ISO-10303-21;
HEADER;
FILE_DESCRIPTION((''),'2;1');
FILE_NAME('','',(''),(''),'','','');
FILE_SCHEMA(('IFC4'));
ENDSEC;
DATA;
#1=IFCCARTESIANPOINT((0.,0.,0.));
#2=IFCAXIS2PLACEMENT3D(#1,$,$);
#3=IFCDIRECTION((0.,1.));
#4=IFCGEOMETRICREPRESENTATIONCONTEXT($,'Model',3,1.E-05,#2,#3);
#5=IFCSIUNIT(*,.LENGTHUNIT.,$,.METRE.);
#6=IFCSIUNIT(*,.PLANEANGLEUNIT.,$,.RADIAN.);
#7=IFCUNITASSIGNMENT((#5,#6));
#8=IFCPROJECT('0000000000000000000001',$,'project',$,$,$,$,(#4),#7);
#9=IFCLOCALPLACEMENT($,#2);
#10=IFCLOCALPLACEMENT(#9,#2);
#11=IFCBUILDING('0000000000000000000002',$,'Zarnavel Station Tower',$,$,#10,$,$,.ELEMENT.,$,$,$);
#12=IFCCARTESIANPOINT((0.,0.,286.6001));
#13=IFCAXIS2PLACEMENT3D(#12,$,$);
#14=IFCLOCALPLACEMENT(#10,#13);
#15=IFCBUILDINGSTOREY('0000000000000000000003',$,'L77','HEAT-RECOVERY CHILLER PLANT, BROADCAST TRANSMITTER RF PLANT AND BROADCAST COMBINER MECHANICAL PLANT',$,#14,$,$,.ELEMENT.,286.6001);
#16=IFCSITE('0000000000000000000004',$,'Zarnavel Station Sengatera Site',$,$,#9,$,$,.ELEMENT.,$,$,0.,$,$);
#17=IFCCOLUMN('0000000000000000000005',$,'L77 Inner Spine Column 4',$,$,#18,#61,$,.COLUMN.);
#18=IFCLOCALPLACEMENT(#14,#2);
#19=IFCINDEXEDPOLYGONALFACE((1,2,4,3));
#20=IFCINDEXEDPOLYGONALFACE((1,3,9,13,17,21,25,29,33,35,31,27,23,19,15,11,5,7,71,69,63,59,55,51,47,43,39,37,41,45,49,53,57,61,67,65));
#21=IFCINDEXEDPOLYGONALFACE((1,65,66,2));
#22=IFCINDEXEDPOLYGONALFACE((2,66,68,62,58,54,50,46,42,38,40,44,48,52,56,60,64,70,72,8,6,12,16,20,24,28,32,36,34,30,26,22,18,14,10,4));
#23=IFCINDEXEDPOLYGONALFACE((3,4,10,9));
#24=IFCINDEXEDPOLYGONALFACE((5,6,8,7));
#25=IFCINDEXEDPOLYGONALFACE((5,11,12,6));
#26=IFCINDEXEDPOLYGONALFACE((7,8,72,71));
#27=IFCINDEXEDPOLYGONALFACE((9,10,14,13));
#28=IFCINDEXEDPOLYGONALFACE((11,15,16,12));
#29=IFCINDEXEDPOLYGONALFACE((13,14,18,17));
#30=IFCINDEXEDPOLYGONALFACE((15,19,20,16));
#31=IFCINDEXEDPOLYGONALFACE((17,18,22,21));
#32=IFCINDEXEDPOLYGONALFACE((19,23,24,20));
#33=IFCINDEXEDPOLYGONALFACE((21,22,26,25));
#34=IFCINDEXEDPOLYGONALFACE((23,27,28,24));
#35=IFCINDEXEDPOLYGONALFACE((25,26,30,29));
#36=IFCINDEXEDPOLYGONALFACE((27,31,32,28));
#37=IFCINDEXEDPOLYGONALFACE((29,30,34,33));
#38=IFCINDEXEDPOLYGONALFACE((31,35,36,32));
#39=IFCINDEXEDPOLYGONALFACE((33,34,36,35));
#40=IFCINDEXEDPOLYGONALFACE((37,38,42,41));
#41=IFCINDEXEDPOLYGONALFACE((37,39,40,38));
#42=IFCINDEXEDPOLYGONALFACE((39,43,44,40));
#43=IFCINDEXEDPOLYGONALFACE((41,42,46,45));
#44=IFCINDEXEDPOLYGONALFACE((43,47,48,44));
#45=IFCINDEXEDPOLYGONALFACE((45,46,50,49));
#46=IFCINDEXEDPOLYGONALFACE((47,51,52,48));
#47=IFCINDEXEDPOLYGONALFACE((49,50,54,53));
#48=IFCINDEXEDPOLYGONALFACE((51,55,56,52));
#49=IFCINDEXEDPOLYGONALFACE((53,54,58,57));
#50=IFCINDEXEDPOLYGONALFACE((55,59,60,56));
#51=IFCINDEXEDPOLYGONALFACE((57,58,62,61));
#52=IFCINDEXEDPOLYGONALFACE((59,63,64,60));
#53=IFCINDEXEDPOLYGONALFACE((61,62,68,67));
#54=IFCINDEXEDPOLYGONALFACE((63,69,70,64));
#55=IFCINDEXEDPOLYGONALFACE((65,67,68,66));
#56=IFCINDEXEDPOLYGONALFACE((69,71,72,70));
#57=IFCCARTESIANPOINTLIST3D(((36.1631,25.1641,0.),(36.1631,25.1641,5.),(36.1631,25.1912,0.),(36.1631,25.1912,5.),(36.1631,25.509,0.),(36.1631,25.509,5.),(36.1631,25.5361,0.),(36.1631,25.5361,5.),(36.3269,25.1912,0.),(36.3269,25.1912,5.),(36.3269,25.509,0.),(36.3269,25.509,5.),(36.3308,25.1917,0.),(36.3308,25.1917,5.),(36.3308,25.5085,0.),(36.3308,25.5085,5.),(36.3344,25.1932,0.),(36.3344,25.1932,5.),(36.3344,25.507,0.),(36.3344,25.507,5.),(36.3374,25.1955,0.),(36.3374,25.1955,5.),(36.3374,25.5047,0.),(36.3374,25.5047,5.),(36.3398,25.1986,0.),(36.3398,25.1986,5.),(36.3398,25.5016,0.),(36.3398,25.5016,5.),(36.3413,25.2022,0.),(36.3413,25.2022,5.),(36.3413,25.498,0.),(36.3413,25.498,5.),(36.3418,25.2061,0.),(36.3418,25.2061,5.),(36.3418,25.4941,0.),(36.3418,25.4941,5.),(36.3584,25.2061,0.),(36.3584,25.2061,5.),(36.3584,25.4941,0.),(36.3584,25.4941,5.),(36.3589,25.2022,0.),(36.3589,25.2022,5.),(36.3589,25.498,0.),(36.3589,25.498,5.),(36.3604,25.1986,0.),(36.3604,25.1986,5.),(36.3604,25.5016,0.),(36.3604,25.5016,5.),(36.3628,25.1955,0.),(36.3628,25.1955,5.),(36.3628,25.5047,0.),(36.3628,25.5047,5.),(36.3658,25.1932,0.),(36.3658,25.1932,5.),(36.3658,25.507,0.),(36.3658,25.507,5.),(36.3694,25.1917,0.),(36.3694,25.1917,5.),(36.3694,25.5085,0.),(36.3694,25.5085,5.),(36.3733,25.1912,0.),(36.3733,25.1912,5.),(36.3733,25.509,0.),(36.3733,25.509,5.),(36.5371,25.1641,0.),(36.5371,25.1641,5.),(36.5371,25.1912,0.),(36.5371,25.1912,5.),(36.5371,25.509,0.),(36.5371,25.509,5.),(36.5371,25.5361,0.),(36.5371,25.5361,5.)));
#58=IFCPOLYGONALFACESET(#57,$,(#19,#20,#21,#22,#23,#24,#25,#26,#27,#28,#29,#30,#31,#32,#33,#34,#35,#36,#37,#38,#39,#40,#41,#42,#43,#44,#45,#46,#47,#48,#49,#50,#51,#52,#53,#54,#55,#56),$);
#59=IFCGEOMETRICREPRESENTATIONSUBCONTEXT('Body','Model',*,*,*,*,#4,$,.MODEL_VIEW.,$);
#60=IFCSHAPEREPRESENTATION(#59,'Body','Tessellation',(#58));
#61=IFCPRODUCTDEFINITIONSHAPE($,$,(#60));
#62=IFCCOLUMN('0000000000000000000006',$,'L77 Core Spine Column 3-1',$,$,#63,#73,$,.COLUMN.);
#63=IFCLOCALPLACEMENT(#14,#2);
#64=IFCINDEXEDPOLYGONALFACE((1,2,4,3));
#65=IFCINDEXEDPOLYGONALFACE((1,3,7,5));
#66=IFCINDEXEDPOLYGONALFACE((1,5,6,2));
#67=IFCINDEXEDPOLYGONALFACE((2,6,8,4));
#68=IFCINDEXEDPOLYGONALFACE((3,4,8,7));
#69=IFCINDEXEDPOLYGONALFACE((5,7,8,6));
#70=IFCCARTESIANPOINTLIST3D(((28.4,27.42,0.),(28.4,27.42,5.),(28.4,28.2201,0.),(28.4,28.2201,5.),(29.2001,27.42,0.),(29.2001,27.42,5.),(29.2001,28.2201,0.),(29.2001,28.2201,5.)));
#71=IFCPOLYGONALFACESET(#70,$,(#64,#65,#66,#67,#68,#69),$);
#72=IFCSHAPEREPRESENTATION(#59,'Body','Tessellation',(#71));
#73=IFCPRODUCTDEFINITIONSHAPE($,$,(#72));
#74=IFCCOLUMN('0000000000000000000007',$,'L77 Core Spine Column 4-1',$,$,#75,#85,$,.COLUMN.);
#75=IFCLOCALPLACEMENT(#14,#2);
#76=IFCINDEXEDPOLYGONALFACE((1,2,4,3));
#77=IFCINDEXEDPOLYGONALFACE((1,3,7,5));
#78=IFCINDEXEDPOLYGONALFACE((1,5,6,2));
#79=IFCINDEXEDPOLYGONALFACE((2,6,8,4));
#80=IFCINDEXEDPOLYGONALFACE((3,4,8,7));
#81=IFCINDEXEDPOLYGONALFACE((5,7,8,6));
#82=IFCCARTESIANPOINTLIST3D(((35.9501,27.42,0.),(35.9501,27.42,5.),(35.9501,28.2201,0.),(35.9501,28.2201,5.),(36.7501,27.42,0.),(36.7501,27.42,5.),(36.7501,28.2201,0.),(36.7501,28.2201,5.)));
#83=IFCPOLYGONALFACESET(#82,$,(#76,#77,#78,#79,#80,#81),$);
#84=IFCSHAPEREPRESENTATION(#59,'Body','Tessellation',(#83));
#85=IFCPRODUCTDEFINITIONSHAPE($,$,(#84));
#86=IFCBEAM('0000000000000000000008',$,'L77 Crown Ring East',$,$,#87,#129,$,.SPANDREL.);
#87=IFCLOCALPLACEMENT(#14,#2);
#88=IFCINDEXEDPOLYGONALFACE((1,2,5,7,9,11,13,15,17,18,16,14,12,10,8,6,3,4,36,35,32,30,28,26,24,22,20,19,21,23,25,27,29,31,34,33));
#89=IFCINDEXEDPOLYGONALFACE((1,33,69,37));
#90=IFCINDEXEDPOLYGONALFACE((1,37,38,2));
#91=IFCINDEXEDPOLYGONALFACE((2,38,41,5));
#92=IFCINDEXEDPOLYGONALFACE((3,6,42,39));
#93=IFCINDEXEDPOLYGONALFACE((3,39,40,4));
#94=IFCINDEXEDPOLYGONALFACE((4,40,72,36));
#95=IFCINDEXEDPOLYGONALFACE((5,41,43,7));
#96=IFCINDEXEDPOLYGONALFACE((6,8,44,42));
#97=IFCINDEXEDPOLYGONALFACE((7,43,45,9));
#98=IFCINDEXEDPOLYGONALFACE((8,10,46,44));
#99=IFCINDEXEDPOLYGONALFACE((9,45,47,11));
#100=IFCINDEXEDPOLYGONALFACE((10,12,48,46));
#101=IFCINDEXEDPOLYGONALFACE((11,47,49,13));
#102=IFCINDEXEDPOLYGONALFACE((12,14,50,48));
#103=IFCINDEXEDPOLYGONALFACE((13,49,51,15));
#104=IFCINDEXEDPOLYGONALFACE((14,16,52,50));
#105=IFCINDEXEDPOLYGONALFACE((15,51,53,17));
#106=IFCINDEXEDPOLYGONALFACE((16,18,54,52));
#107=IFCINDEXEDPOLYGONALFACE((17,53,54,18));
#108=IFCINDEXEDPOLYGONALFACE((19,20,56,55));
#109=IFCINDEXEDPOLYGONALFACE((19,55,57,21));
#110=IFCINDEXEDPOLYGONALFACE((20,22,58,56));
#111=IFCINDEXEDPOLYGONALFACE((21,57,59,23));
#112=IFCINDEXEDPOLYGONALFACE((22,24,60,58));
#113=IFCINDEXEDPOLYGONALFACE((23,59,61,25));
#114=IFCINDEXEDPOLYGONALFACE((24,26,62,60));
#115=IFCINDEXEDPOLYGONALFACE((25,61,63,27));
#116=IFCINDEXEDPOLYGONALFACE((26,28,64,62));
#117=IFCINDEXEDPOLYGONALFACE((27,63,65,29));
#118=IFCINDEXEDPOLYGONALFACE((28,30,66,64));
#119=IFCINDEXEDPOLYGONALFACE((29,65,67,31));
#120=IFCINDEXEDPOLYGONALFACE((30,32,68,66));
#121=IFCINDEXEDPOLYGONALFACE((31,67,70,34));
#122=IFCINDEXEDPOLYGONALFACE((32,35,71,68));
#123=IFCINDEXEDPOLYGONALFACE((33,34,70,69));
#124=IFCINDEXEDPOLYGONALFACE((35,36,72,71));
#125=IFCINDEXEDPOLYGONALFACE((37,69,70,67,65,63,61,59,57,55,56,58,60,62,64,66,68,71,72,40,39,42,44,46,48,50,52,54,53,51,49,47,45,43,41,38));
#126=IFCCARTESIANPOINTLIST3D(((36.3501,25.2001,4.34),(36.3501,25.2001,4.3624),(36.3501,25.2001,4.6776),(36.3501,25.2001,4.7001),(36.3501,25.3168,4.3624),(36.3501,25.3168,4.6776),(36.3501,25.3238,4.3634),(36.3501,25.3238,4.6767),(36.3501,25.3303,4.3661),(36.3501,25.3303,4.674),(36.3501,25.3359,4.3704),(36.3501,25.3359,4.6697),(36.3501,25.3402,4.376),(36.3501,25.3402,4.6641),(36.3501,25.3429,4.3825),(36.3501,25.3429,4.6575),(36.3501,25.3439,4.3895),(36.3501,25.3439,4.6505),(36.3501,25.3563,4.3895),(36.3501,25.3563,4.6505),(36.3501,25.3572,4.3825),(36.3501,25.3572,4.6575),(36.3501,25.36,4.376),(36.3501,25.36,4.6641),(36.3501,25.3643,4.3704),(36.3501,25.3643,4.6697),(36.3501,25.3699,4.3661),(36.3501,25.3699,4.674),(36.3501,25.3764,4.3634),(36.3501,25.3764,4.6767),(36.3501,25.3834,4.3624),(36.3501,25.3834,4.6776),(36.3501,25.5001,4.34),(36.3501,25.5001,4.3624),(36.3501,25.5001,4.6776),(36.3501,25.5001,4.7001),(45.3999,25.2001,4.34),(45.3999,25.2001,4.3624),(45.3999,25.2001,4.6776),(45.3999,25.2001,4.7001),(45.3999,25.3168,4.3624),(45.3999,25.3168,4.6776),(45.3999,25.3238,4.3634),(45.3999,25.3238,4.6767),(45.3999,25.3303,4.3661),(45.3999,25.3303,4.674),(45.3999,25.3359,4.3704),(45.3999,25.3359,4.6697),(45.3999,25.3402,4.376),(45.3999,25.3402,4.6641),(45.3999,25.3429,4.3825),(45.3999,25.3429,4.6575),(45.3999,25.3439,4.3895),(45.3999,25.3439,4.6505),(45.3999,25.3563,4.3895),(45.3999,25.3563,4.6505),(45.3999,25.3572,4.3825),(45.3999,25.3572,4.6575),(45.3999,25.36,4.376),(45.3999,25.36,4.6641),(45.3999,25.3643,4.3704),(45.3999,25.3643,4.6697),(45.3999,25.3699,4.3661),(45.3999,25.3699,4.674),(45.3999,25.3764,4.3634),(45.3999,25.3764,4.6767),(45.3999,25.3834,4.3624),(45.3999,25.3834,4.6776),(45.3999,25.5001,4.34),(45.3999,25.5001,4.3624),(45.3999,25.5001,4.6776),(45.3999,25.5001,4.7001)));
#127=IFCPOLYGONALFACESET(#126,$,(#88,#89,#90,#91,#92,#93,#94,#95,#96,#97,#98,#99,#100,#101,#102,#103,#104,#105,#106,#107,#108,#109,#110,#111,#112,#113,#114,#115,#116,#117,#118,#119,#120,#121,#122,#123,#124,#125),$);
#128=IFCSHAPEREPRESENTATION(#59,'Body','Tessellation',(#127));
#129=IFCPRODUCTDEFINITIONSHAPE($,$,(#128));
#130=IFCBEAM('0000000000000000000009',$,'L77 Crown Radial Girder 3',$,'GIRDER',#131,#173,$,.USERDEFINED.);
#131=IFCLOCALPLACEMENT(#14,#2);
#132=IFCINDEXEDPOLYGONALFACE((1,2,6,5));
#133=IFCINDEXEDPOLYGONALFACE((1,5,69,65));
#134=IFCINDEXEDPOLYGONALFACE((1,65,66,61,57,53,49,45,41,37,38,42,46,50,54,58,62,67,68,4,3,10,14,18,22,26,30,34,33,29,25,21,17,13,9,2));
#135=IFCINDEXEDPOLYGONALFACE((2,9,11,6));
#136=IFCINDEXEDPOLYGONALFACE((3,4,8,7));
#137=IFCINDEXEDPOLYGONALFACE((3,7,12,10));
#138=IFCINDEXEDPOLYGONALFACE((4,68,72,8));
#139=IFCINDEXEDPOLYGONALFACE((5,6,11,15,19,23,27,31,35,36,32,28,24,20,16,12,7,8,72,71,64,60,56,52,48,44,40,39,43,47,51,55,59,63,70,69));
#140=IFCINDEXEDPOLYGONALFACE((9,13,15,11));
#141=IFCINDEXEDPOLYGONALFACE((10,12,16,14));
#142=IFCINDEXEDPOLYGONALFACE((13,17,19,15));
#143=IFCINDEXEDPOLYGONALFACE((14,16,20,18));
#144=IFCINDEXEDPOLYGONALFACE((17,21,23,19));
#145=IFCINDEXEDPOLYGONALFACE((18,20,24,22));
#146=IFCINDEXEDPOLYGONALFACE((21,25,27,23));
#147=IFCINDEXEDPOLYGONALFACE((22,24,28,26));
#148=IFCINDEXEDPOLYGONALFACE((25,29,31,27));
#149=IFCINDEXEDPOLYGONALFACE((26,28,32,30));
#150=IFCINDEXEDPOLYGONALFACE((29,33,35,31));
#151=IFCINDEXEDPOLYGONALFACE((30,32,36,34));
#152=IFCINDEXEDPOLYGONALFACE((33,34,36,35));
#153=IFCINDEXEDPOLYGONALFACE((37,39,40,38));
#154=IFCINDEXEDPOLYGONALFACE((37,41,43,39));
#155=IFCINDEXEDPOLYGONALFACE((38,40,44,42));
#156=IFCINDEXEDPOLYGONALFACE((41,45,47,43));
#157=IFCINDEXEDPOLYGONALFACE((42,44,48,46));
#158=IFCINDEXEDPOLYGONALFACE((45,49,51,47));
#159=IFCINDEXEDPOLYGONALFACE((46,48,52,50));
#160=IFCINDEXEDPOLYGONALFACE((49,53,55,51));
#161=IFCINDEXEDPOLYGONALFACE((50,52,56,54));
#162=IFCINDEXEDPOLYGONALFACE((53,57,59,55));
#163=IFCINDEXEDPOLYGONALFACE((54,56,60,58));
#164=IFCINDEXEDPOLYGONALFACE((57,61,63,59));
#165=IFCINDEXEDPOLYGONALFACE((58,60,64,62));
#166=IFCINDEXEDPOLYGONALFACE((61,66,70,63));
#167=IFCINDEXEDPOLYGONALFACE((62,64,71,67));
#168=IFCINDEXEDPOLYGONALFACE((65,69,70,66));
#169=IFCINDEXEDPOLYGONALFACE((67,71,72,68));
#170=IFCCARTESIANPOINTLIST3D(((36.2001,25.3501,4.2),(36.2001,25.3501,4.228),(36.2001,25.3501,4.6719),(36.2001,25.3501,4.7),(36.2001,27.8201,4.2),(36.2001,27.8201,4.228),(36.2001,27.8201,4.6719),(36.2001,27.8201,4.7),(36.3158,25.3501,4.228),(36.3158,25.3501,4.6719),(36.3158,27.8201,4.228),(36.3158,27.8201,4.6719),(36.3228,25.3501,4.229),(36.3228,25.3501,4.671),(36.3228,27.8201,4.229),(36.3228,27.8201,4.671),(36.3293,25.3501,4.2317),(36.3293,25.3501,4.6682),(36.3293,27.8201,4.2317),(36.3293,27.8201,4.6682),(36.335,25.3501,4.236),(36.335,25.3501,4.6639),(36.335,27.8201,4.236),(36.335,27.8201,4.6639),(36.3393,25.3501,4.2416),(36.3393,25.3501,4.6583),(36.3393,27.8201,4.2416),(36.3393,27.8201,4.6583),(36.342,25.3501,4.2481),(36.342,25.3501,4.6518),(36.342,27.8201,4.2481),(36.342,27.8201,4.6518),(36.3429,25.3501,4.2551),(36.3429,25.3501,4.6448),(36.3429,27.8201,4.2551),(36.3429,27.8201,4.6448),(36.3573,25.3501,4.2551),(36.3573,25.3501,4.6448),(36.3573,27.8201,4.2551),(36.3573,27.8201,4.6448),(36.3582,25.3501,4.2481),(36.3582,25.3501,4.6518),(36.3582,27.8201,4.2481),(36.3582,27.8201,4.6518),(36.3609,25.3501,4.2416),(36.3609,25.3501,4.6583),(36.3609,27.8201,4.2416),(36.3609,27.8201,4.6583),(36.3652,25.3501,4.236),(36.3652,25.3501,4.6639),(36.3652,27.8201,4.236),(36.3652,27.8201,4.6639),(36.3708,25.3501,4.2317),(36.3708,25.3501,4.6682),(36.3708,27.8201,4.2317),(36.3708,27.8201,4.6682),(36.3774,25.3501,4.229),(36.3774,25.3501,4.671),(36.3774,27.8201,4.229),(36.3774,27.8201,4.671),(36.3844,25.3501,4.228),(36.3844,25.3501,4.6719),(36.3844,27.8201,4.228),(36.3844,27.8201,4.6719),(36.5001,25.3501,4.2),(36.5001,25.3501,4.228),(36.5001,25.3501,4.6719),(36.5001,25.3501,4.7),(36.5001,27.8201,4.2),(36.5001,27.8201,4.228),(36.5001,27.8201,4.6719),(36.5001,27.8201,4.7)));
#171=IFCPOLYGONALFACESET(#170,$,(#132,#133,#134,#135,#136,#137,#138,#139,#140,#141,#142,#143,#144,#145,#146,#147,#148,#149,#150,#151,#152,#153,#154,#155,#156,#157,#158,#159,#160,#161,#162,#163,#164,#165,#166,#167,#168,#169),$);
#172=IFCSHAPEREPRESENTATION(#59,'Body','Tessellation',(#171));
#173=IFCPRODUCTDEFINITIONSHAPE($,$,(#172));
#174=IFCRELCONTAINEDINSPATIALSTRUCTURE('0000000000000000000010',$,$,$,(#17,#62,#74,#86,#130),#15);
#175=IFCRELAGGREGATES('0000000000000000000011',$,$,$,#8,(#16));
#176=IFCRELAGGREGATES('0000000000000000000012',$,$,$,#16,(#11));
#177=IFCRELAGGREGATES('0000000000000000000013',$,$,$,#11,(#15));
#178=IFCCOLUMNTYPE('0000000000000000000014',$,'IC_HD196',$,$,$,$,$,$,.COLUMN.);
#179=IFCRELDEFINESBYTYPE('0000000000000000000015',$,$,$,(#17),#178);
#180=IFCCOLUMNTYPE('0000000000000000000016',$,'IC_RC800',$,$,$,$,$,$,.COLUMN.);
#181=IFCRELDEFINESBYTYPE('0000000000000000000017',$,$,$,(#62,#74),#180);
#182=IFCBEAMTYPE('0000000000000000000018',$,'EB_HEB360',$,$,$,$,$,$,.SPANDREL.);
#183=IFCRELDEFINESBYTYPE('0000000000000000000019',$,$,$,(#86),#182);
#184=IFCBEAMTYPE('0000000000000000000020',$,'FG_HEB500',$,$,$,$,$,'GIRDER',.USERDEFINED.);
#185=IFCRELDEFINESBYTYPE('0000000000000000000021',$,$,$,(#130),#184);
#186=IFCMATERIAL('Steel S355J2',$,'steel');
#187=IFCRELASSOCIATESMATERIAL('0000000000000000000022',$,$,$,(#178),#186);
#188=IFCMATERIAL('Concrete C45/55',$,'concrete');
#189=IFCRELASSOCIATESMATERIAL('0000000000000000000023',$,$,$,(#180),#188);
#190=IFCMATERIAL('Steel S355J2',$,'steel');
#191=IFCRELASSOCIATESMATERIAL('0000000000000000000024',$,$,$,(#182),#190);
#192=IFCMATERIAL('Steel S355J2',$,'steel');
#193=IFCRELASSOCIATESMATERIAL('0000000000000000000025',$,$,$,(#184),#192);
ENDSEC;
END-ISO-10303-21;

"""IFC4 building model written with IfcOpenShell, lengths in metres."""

from ifc_helpers import new_model, si_unit, direction, frame, origin, origin_2d, place, context, subcontext, project, spatial, rectangle, i_section, extrude, material, material_profile, profile_set, type_object, element, save


model = new_model("IFC4")

# Units and contexts
model_context = context("Model", 3, precision=1e-05, world=origin(), true_north=direction((0.0, 1.0)))
body_context = subcontext(model_context, "Body", "Model", "MODEL_VIEW")
ifc_project = project(units=[si_unit("LENGTHUNIT", "METRE"), si_unit("PLANEANGLEUNIT", "RADIAN")], contexts=[model_context])

# Site, building, storey
site_placement = place(None, origin())
site = spatial("IfcSite", under=ifc_project, at=site_placement, Name="Zarnavel Station Sengatera Site", CompositionType="ELEMENT", RefElevation=0.0)
building_placement = place(site_placement, origin())
building = spatial("IfcBuilding", under=site, at=building_placement, Name="Zarnavel Station Tower", CompositionType="ELEMENT")
storey_placement = place(building_placement, frame((0.0, 0.0, 286.6001)))
storey = spatial("IfcBuildingStorey", under=building, at=storey_placement, Name="L77", Description="HEAT-RECOVERY CHILLER PLANT, BROADCAST TRANSMITTER RF PLANT AND BROADCAST COMBINER MECHANICAL PLANT", CompositionType="ELEMENT", Elevation=286.6001)

# Columns
ifc_material_1 = material(Name="Steel S355J2", Category="steel")
ifc_material_profile_1 = material_profile(ifc_material_1, i_section(OverallWidth=0.374, OverallDepth=0.3721, WebThickness=0.0166, FlangeThickness=0.0271, FilletRadius=0.0149, at=origin_2d()), Name="HD360x196")
ifc_profile_set_1 = profile_set([ifc_material_profile_1], Name="Steel S355J2")
column_type_1 = type_object("IfcColumnType", Name="IC_HD196", PredefinedType="COLUMN", material=ifc_profile_set_1)
column_placement = place(storey_placement, frame((36.3501, 25.3501, 0.0), z_axis=(0.0, 0.0, 1.0), x_axis=(1.0, 0.0, 0.0)))
element("IfcColumn", 1, at=column_placement, inside=storey, type_object=column_type_1, Name="L77 Inner Spine Column 4", PredefinedType="COLUMN", context=body_context, shape_type="SweptSolid", body=[
    extrude(i_section(OverallWidth=0.374, OverallDepth=0.3721, WebThickness=0.0166, FlangeThickness=0.0271, FilletRadius=0.0149, at=origin_2d()), origin(), (0.0, 0.0, 1.0), 5.0),
])
ifc_material_2 = material(Name="Concrete C45/55", Category="concrete")
ifc_material_profile_2 = material_profile(ifc_material_2, rectangle(XDim=0.8, YDim=0.8, at=origin_2d()), Name="RC800x800")
ifc_profile_set_2 = profile_set([ifc_material_profile_2], Name="Concrete C45/55")
column_type_2 = type_object("IfcColumnType", Name="IC_RC800", PredefinedType="COLUMN", material=ifc_profile_set_2)
for number, where, z_axis, x_axis, name in (
    (2, (28.8, 27.8201, 0.0), (0.0, 0.0, 1.0), (1.0, 0.0, 0.0), "L77 Core Spine Column 3-1"),
    (3, (36.3501, 27.8201, 0.0), (0.0, 0.0, 1.0), (1.0, 0.0, 0.0), "L77 Core Spine Column 4-1"),
):
    element("IfcColumn", number, at=place(storey_placement, frame(where, z_axis=z_axis, x_axis=x_axis)), inside=storey, type_object=column_type_2, Name=name, PredefinedType="COLUMN", context=body_context, shape_type="SweptSolid", body=[
        extrude(rectangle(XDim=0.8, YDim=0.8, at=origin_2d()), origin(), (0.0, 0.0, 1.0), 5.0),
    ])

# Beams
ifc_material_3 = material(Name="Steel S355J2", Category="steel")
ifc_material_profile_3 = material_profile(ifc_material_3, i_section(OverallWidth=0.3, OverallDepth=0.3601, WebThickness=0.0125, FlangeThickness=0.0225, FilletRadius=0.0271, at=origin_2d()), Name="HEB360")
ifc_profile_set_3 = profile_set([ifc_material_profile_3], Name="Steel S355J2")
beam_type_1 = type_object("IfcBeamType", Name="EB_HEB360", PredefinedType="SPANDREL", material=ifc_profile_set_3)
beam_1_placement = place(storey_placement, frame((36.3501, 25.3501, 4.52), z_axis=(1.0, 0.0, 0.0), x_axis=(0.0, 1.0, 0.0)))
element("IfcBeam", 4, at=beam_1_placement, inside=storey, type_object=beam_type_1, Name="L77 Crown Ring East", PredefinedType="SPANDREL", context=body_context, shape_type="SweptSolid", body=[
    extrude(i_section(OverallWidth=0.3, OverallDepth=0.3601, WebThickness=0.0125, FlangeThickness=0.0225, FilletRadius=0.0271, at=origin_2d()), origin(), (0.0, 0.0, 1.0), 9.0498),
])
ifc_material_4 = material(Name="Steel S355J2", Category="steel")
ifc_material_profile_4 = material_profile(ifc_material_4, i_section(OverallWidth=0.3, OverallDepth=0.5, WebThickness=0.0144, FlangeThickness=0.0281, FilletRadius=0.0271, at=origin_2d()), Name="HEB500")
ifc_profile_set_4 = profile_set([ifc_material_profile_4], Name="Steel S355J2")
beam_type_2 = type_object("IfcBeamType", Name="FG_HEB500", ElementType="GIRDER", PredefinedType="USERDEFINED", material=ifc_profile_set_4)
beam_2_placement = place(storey_placement, frame((36.3501, 25.3501, 4.45), z_axis=(0.0, 1.0, 0.0), x_axis=(-1.0, 0.0, 0.0)))
element("IfcBeam", 5, at=beam_2_placement, inside=storey, type_object=beam_type_2, Name="L77 Crown Radial Girder 3", ObjectType="GIRDER", PredefinedType="USERDEFINED", context=body_context, shape_type="SweptSolid", body=[
    extrude(i_section(OverallWidth=0.3, OverallDepth=0.5, WebThickness=0.0144, FlangeThickness=0.0281, FilletRadius=0.0271, at=origin_2d()), origin(), (0.0, 0.0, 1.0), 2.47),
])

save(model, "model.ifc")
